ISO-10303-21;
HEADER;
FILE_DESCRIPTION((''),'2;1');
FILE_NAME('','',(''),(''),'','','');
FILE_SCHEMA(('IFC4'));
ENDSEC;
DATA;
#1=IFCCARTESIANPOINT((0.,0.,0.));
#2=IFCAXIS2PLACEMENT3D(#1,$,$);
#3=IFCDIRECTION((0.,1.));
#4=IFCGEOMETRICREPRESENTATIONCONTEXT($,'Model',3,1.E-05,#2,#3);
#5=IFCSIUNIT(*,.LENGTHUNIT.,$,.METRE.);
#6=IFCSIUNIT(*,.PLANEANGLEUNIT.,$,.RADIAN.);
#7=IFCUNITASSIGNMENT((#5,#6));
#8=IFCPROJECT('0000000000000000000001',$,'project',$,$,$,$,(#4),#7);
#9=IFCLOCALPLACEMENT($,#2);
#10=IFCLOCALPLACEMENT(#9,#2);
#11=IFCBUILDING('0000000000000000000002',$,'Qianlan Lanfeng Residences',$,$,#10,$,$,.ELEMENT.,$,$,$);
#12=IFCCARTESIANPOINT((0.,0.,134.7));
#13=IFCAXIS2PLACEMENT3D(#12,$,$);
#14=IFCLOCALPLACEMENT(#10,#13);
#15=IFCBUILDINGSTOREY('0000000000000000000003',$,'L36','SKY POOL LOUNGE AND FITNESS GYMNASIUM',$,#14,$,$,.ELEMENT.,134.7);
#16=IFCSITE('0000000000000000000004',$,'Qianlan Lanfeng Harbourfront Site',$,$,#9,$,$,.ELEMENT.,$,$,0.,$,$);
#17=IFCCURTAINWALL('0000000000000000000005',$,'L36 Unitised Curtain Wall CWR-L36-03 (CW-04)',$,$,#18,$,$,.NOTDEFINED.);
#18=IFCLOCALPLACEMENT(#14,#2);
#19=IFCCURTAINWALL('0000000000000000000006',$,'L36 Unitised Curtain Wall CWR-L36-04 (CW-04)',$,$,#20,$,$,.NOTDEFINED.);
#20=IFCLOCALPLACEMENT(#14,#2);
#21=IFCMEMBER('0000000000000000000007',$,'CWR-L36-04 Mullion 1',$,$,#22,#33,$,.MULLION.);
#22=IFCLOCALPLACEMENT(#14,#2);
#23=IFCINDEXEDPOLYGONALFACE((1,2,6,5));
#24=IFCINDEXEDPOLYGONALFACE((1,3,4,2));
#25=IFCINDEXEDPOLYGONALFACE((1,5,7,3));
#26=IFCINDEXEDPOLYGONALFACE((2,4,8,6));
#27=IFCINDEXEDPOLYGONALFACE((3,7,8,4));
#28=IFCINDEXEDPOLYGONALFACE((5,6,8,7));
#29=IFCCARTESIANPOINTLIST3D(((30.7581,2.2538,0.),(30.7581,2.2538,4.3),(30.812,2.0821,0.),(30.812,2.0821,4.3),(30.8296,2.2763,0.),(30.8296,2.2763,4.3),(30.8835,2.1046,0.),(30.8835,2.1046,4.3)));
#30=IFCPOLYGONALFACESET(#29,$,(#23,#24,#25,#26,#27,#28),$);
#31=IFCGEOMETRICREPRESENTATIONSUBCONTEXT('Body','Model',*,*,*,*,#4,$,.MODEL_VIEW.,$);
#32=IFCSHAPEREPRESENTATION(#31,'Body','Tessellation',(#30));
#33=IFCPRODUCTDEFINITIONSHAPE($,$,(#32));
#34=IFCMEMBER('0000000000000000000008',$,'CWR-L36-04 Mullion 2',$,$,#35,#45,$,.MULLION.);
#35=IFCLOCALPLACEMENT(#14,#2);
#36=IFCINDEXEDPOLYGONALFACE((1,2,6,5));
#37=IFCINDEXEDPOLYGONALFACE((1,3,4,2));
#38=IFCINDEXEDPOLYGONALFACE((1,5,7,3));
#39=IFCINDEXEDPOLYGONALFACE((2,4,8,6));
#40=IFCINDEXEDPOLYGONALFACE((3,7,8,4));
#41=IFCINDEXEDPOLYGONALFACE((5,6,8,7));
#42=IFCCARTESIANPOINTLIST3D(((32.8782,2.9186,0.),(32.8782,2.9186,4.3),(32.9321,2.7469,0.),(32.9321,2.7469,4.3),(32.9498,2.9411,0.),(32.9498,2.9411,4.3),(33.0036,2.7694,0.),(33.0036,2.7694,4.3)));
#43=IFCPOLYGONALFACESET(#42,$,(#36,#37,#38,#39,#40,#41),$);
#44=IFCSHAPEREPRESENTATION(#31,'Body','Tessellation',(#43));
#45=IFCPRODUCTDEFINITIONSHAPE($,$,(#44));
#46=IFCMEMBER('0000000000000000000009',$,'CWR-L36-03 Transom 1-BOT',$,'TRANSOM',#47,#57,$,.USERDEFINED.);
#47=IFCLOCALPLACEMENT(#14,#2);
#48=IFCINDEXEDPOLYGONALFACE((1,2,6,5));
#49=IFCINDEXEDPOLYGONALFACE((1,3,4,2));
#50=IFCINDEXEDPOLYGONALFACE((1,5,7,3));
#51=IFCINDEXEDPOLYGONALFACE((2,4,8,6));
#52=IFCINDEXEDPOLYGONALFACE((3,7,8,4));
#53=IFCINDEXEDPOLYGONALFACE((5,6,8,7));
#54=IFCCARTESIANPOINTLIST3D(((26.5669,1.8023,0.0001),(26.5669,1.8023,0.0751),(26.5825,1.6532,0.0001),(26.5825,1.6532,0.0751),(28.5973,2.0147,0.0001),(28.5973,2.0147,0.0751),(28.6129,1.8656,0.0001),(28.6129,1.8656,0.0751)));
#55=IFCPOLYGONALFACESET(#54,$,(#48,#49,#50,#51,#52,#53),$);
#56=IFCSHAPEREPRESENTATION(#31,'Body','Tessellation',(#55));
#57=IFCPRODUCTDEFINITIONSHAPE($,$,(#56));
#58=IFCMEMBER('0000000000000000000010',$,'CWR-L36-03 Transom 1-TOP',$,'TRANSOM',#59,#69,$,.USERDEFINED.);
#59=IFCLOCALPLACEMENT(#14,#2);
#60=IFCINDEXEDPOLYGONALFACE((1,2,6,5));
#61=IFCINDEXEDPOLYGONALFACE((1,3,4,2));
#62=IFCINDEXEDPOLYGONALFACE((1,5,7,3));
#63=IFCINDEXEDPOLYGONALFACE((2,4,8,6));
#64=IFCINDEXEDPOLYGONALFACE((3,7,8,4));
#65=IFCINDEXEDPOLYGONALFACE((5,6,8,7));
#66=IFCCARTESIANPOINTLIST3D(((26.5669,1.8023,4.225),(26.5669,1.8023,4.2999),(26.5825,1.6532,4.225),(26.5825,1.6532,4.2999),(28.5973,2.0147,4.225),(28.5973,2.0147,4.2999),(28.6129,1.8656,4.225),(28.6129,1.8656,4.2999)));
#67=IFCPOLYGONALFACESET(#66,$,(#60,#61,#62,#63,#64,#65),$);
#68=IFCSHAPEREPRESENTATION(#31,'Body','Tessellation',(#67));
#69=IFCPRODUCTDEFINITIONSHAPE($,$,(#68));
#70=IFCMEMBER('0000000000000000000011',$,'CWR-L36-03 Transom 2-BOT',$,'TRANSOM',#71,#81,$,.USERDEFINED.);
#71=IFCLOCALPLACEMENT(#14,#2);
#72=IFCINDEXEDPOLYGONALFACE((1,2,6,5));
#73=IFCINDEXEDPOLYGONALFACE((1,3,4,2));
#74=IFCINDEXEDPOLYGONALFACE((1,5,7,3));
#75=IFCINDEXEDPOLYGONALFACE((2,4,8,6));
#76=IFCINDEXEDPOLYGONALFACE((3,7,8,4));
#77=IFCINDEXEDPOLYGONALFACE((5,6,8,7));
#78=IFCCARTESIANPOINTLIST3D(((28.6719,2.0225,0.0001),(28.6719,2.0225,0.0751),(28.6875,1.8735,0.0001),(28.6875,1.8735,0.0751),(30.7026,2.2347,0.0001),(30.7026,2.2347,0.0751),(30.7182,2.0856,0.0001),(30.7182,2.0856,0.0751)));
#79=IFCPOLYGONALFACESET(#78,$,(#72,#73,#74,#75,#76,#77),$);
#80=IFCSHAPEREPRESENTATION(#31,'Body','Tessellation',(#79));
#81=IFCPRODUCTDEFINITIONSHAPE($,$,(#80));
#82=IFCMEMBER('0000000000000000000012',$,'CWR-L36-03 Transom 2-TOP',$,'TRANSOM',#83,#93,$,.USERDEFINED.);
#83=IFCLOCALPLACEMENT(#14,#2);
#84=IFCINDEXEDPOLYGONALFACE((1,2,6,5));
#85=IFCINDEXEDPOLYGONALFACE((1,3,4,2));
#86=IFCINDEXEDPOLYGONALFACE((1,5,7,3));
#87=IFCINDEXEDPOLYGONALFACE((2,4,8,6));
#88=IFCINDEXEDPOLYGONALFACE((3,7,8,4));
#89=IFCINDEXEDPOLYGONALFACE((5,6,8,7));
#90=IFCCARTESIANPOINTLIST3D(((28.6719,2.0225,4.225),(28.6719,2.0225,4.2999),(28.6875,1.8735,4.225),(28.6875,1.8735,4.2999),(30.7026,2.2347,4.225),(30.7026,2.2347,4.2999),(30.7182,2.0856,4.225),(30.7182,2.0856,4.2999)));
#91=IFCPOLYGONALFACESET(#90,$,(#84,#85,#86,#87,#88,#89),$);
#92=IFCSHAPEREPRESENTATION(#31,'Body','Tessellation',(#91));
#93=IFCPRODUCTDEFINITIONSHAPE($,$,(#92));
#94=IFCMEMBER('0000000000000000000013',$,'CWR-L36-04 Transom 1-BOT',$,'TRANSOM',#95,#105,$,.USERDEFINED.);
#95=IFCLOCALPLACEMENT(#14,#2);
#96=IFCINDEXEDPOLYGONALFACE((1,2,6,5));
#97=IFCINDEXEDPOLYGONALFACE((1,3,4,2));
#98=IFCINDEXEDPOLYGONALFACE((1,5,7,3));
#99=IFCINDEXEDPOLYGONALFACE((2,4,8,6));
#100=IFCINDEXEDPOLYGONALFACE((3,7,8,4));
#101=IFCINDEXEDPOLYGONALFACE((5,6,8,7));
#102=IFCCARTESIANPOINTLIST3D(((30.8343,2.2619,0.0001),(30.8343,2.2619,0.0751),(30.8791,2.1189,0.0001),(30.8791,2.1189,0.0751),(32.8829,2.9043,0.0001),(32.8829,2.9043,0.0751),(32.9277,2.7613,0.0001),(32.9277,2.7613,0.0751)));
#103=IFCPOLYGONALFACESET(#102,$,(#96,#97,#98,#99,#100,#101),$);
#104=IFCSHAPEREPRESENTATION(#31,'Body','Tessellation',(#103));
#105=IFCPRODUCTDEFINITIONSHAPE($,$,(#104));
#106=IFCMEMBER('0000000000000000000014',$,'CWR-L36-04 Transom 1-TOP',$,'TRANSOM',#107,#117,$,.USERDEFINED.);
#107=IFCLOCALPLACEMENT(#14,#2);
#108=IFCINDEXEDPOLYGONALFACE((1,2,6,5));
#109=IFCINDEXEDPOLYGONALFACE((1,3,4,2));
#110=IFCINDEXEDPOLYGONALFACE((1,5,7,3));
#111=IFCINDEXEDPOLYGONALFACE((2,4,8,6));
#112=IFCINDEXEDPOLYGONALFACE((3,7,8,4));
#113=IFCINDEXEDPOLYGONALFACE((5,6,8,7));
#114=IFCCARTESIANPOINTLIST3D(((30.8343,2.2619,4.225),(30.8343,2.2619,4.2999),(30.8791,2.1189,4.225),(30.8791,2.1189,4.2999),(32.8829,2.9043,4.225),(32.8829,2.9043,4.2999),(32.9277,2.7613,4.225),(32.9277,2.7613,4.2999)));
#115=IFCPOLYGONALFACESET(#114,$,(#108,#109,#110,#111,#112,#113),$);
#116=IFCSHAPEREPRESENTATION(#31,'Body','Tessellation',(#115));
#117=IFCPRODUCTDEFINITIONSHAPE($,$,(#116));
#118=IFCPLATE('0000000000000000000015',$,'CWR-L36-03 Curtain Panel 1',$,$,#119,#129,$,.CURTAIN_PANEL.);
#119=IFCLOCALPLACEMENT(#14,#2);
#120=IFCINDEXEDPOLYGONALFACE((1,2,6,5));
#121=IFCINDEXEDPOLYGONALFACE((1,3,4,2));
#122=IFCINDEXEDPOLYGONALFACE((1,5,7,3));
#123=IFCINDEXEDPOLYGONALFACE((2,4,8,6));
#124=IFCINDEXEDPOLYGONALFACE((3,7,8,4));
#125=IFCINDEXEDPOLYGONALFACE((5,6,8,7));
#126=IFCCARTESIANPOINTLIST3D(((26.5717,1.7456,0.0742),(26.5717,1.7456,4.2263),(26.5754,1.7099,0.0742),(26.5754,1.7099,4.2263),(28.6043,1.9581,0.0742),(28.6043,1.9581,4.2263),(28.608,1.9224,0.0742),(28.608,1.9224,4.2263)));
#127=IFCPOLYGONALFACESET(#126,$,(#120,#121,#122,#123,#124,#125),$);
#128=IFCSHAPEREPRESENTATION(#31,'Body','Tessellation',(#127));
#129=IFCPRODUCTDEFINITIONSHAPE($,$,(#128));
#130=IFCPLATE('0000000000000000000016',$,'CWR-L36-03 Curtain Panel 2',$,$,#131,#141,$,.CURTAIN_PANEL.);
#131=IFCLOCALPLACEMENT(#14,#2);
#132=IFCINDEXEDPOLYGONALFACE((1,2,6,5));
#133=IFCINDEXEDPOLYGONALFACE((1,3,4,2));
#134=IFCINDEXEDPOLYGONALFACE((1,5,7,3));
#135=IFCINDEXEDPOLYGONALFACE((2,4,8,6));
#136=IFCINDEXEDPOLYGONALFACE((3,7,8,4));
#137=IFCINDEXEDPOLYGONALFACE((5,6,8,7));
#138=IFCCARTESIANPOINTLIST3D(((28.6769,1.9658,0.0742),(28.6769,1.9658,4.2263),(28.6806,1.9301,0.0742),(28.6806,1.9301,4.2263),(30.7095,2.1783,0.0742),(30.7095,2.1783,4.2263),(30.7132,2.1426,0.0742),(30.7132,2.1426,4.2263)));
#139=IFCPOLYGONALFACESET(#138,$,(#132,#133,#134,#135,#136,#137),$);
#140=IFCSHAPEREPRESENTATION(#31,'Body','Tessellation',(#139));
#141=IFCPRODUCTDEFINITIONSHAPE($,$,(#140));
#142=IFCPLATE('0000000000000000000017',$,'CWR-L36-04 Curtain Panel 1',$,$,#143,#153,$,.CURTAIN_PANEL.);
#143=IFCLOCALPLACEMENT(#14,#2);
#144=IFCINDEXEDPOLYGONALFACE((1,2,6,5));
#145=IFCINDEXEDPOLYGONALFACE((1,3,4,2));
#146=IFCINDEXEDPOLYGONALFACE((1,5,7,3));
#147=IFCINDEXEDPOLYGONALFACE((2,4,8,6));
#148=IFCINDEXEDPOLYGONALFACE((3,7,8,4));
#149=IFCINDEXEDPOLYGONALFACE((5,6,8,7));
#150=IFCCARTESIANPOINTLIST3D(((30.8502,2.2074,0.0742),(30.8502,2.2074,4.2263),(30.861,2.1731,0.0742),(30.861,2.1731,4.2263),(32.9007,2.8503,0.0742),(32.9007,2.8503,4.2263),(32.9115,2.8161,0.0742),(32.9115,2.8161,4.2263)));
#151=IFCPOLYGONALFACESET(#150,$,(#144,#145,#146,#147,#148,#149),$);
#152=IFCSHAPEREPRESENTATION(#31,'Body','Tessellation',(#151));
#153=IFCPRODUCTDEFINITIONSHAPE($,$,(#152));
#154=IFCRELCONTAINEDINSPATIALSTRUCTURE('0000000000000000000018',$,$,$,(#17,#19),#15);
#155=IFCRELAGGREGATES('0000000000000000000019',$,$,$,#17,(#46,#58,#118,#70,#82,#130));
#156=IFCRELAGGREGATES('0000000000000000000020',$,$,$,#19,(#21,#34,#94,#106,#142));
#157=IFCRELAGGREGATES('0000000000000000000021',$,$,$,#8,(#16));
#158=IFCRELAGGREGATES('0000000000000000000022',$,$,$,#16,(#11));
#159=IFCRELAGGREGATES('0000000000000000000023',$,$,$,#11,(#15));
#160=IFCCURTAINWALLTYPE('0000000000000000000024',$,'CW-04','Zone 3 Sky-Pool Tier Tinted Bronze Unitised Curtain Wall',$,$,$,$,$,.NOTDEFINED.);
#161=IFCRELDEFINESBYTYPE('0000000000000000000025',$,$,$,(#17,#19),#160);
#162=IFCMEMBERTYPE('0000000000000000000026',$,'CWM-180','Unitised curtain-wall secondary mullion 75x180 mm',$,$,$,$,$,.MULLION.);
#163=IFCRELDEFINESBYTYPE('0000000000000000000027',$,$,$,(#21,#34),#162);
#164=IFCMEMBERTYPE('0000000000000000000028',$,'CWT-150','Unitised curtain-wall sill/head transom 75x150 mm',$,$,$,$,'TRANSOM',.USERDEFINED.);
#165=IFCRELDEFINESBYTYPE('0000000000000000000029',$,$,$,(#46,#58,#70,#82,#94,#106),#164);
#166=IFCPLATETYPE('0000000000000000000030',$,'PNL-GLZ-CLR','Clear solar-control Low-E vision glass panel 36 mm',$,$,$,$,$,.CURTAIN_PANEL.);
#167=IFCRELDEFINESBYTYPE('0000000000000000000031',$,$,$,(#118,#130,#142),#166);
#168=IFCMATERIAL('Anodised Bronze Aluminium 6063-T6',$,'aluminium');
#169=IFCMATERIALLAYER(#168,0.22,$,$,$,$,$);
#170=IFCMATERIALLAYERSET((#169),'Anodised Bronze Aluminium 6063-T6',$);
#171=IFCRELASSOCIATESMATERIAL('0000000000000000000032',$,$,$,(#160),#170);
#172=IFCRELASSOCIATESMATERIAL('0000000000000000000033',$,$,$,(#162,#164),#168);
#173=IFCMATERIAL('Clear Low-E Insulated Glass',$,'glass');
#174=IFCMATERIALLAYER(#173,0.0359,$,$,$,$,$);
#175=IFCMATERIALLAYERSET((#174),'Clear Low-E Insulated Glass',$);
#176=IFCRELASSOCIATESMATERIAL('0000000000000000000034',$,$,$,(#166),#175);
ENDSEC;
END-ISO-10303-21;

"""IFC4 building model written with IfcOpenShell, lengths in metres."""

from ifc_helpers import new_model, si_unit, direction, frame, origin, origin_2d, place, context, subcontext, project, spatial, rectangle, extrude, source, transform, mapped, material, layer, layer_set, material_profile, profile_set, type_object, element, aggregate, save


model = new_model("IFC4")

# Units and contexts
model_context = context("Model", 3, precision=1e-05, world=origin(), true_north=direction((0.0, 1.0)))
body_context = subcontext(model_context, "Body", "Model", "MODEL_VIEW")
ifc_project = project(units=[si_unit("LENGTHUNIT", "METRE"), si_unit("PLANEANGLEUNIT", "RADIAN")], contexts=[model_context])

# Site, building, storey
site_placement = place(None, origin())
site = spatial("IfcSite", under=ifc_project, at=site_placement, Name="Qianlan Lanfeng Harbourfront Site", CompositionType="ELEMENT", RefElevation=0.0)
building_placement = place(site_placement, origin())
building = spatial("IfcBuilding", under=site, at=building_placement, Name="Qianlan Lanfeng Residences", CompositionType="ELEMENT")
storey_placement = place(building_placement, frame((0.0, 0.0, 134.7)))
storey = spatial("IfcBuildingStorey", under=building, at=storey_placement, Name="L36", Description="SKY POOL LOUNGE AND FITNESS GYMNASIUM", CompositionType="ELEMENT", Elevation=134.7)

# Curtain walls, members
ifc_material_1 = material(Name="Anodised Bronze Aluminium 6063-T6", Category="aluminium")
ifc_layer_1 = layer(ifc_material_1, 0.22)
ifc_layer_set_1 = layer_set([ifc_layer_1], Name="Anodised Bronze Aluminium 6063-T6")
curtain_wall_type = type_object("IfcCurtainWallType", Name="CW-04", Description="Zone 3 Sky-Pool Tier Tinted Bronze Unitised Curtain Wall", PredefinedType="NOTDEFINED", material=ifc_layer_set_1)
curtain_wall_1_placement = place(storey_placement, origin())
curtain_wall_1 = element("IfcCurtainWall", 1, at=curtain_wall_1_placement, inside=storey, type_object=curtain_wall_type, Name="L36 Unitised Curtain Wall CWR-L36-03 (CW-04)", PredefinedType="NOTDEFINED")
ifc_material_profile_1 = material_profile(ifc_material_1, rectangle(XDim=0.075, YDim=0.1799, at=origin_2d()), Name="ALU MULLION 75x180")
ifc_profile_set_1 = profile_set([ifc_material_profile_1], Name="Anodised Bronze Aluminium 6063-T6")
member_type_1 = type_object("IfcMemberType", Name="CWM-180", Description="Unitised curtain-wall secondary mullion 75x180 mm", PredefinedType="MULLION", material=ifc_profile_set_1)
shared_shape_1 = source(origin(), body_context, "Body", "SweptSolid", [
    extrude(rectangle(XDim=0.075, YDim=0.1799, at=origin_2d()), origin(), (0.0, 0.0, 1.0), 4.3),
])
curtain_wall_2_placement = place(storey_placement, origin())
curtain_wall_2 = element("IfcCurtainWall", 2, at=curtain_wall_2_placement, inside=storey, type_object=curtain_wall_type, Name="L36 Unitised Curtain Wall CWR-L36-04 (CW-04)", PredefinedType="NOTDEFINED")
member_1_placement = place(storey_placement, frame((30.8208, 2.1792, 0.0), z_axis=(0.0, 0.0, 1.0), x_axis=(0.954196, 0.299182, 0.0)))
member_1 = element("IfcMember", 3, at=member_1_placement, type_object=member_type_1, Name="CWR-L36-04 Mullion 1", PredefinedType="MULLION", context=body_context, shape_type="MappedRepresentation", body=[
    mapped(shared_shape_1, transform((0.0, 0.0, 0.0), scale=1.0)),
])
member_2_placement = place(storey_placement, frame((32.9409, 2.844, 0.0), z_axis=(0.0, 0.0, 1.0), x_axis=(0.954196, 0.299182, 0.0)))
member_2 = element("IfcMember", 4, at=member_2_placement, type_object=member_type_1, Name="CWR-L36-04 Mullion 2", PredefinedType="MULLION", context=body_context, shape_type="MappedRepresentation", body=[
    mapped(shared_shape_1, transform((0.0, 0.0, 0.0), scale=1.0)),
])

# Members
ifc_material_profile_2 = material_profile(ifc_material_1, rectangle(XDim=0.075, YDim=0.1499, at=origin_2d()), Name="ALU TRANSOM 75x150")
ifc_profile_set_2 = profile_set([ifc_material_profile_2], Name="Anodised Bronze Aluminium 6063-T6")
member_type_2 = type_object("IfcMemberType", Name="CWT-150", Description="Unitised curtain-wall sill/head transom 75x150 mm", ElementType="TRANSOM", PredefinedType="USERDEFINED", material=ifc_profile_set_2)
shared_shape_2 = source(origin(), body_context, "Body", "SweptSolid", [
    extrude(rectangle(XDim=0.075, YDim=0.1499, at=origin_2d()), origin(), (0.0, 0.0, 1.0), 2.0415),
])
member_3_placement = place(storey_placement, frame((26.5747, 1.7278, 0.0376), z_axis=(0.994573, 0.104037, 0.0), x_axis=(0.0, 0.0, 1.0)))
member_3 = element("IfcMember", 5, at=member_3_placement, type_object=member_type_2, Name="CWR-L36-03 Transom 1-BOT", ObjectType="TRANSOM", PredefinedType="USERDEFINED", context=body_context, shape_type="MappedRepresentation", body=[
    mapped(shared_shape_2, transform((0.0, 0.0, 0.0), scale=1.0)),
])
member_4_placement = place(storey_placement, frame((26.5747, 1.7278, 4.2625), z_axis=(0.994573, 0.104037, 0.0), x_axis=(0.0, 0.0, 1.0)))
member_4 = element("IfcMember", 6, at=member_4_placement, type_object=member_type_2, Name="CWR-L36-03 Transom 1-TOP", ObjectType="TRANSOM", PredefinedType="USERDEFINED", context=body_context, shape_type="MappedRepresentation", body=[
    mapped(shared_shape_2, transform((0.0, 0.0, 0.0), scale=1.0)),
])
shared_shape_3 = source(origin(), body_context, "Body", "SweptSolid", [
    extrude(rectangle(XDim=0.075, YDim=0.1499, at=origin_2d()), origin(), (0.0, 0.0, 1.0), 2.0417),
])
member_5_placement = place(storey_placement, frame((28.6797, 1.948, 0.0376), z_axis=(0.994587, 0.103907, 0.0), x_axis=(0.0, 0.0, 1.0)))
member_5 = element("IfcMember", 7, at=member_5_placement, type_object=member_type_2, Name="CWR-L36-03 Transom 2-BOT", ObjectType="TRANSOM", PredefinedType="USERDEFINED", context=body_context, shape_type="MappedRepresentation", body=[
    mapped(shared_shape_3, transform((0.0, 0.0, 0.0), scale=1.0)),
])
member_6_placement = place(storey_placement, frame((28.6797, 1.948, 4.2625), z_axis=(0.994587, 0.103907, 0.0), x_axis=(0.0, 0.0, 1.0)))
member_6 = element("IfcMember", 8, at=member_6_placement, type_object=member_type_2, Name="CWR-L36-03 Transom 2-TOP", ObjectType="TRANSOM", PredefinedType="USERDEFINED", context=body_context, shape_type="MappedRepresentation", body=[
    mapped(shared_shape_3, transform((0.0, 0.0, 0.0), scale=1.0)),
])
shared_shape_4 = source(origin(), body_context, "Body", "SweptSolid", [
    extrude(rectangle(XDim=0.075, YDim=0.1499, at=origin_2d()), origin(), (0.0, 0.0, 1.0), 2.147),
])
member_7_placement = place(storey_placement, frame((30.8567, 2.1904, 0.0376), z_axis=(0.954194, 0.299188, 0.0), x_axis=(0.0, 0.0, 1.0)))
member_7 = element("IfcMember", 9, at=member_7_placement, type_object=member_type_2, Name="CWR-L36-04 Transom 1-BOT", ObjectType="TRANSOM", PredefinedType="USERDEFINED", context=body_context, shape_type="MappedRepresentation", body=[
    mapped(shared_shape_4, transform((0.0, 0.0, 0.0), scale=1.0)),
])
member_8_placement = place(storey_placement, frame((30.8567, 2.1904, 4.2625), z_axis=(0.954194, 0.299188, 0.0), x_axis=(0.0, 0.0, 1.0)))
member_8 = element("IfcMember", 10, at=member_8_placement, type_object=member_type_2, Name="CWR-L36-04 Transom 1-TOP", ObjectType="TRANSOM", PredefinedType="USERDEFINED", context=body_context, shape_type="MappedRepresentation", body=[
    mapped(shared_shape_4, transform((0.0, 0.0, 0.0), scale=1.0)),
])

# Plates
ifc_material_2 = material(Name="Clear Low-E Insulated Glass", Category="glass")
ifc_layer_2 = layer(ifc_material_2, 0.0359)
ifc_layer_set_2 = layer_set([ifc_layer_2], Name="Clear Low-E Insulated Glass")
plate_type = type_object("IfcPlateType", Name="PNL-GLZ-CLR", Description="Clear solar-control Low-E vision glass panel 36 mm", PredefinedType="CURTAIN_PANEL", material=ifc_layer_set_2)
shared_shape_5 = source(origin(), body_context, "Body", "SweptSolid", [
    extrude(rectangle(XDim=2.0437, YDim=0.0359, at=origin_2d()), origin(), (0.0, 0.0, 1.0), 4.1521),
])
plate_1_placement = place(storey_placement, frame((27.5898, 1.834, 0.0742), z_axis=(0.0, 0.0, 1.0), x_axis=(0.994579, 0.103983, 0.0)))
plate_1 = element("IfcPlate", 11, at=plate_1_placement, type_object=plate_type, Name="CWR-L36-03 Curtain Panel 1", PredefinedType="CURTAIN_PANEL", context=body_context, shape_type="MappedRepresentation", body=[
    mapped(shared_shape_5, transform((0.0, 0.0, 0.0), scale=1.0)),
])
plate_2_placement = place(storey_placement, frame((29.6951, 2.0542, 0.0742), z_axis=(0.0, 0.0, 1.0), x_axis=(0.994579, 0.103983, 0.0)))
plate_2 = element("IfcPlate", 12, at=plate_2_placement, type_object=plate_type, Name="CWR-L36-03 Curtain Panel 2", PredefinedType="CURTAIN_PANEL", context=body_context, shape_type="MappedRepresentation", body=[
    mapped(shared_shape_5, transform((0.0, 0.0, 0.0), scale=1.0)),
])
aggregate(curtain_wall_1, [member_3, member_4, plate_1, member_5, member_6, plate_2])
shared_shape_6 = source(origin(), body_context, "Body", "SweptSolid", [
    extrude(rectangle(XDim=2.1489, YDim=0.0359, at=origin_2d()), origin(), (0.0, 0.0, 1.0), 4.1521),
])
plate_3_placement = place(storey_placement, frame((31.8809, 2.5117, 0.0742), z_axis=(0.0, 0.0, 1.0), x_axis=(0.954196, 0.299182, 0.0)))
plate_3 = element("IfcPlate", 13, at=plate_3_placement, type_object=plate_type, Name="CWR-L36-04 Curtain Panel 1", PredefinedType="CURTAIN_PANEL", context=body_context, shape_type="MappedRepresentation", body=[
    mapped(shared_shape_6, transform((0.0, 0.0, 0.0), scale=1.0)),
])
aggregate(curtain_wall_2, [member_1, member_2, member_7, member_8, plate_3])

save(model, "model.ifc")
